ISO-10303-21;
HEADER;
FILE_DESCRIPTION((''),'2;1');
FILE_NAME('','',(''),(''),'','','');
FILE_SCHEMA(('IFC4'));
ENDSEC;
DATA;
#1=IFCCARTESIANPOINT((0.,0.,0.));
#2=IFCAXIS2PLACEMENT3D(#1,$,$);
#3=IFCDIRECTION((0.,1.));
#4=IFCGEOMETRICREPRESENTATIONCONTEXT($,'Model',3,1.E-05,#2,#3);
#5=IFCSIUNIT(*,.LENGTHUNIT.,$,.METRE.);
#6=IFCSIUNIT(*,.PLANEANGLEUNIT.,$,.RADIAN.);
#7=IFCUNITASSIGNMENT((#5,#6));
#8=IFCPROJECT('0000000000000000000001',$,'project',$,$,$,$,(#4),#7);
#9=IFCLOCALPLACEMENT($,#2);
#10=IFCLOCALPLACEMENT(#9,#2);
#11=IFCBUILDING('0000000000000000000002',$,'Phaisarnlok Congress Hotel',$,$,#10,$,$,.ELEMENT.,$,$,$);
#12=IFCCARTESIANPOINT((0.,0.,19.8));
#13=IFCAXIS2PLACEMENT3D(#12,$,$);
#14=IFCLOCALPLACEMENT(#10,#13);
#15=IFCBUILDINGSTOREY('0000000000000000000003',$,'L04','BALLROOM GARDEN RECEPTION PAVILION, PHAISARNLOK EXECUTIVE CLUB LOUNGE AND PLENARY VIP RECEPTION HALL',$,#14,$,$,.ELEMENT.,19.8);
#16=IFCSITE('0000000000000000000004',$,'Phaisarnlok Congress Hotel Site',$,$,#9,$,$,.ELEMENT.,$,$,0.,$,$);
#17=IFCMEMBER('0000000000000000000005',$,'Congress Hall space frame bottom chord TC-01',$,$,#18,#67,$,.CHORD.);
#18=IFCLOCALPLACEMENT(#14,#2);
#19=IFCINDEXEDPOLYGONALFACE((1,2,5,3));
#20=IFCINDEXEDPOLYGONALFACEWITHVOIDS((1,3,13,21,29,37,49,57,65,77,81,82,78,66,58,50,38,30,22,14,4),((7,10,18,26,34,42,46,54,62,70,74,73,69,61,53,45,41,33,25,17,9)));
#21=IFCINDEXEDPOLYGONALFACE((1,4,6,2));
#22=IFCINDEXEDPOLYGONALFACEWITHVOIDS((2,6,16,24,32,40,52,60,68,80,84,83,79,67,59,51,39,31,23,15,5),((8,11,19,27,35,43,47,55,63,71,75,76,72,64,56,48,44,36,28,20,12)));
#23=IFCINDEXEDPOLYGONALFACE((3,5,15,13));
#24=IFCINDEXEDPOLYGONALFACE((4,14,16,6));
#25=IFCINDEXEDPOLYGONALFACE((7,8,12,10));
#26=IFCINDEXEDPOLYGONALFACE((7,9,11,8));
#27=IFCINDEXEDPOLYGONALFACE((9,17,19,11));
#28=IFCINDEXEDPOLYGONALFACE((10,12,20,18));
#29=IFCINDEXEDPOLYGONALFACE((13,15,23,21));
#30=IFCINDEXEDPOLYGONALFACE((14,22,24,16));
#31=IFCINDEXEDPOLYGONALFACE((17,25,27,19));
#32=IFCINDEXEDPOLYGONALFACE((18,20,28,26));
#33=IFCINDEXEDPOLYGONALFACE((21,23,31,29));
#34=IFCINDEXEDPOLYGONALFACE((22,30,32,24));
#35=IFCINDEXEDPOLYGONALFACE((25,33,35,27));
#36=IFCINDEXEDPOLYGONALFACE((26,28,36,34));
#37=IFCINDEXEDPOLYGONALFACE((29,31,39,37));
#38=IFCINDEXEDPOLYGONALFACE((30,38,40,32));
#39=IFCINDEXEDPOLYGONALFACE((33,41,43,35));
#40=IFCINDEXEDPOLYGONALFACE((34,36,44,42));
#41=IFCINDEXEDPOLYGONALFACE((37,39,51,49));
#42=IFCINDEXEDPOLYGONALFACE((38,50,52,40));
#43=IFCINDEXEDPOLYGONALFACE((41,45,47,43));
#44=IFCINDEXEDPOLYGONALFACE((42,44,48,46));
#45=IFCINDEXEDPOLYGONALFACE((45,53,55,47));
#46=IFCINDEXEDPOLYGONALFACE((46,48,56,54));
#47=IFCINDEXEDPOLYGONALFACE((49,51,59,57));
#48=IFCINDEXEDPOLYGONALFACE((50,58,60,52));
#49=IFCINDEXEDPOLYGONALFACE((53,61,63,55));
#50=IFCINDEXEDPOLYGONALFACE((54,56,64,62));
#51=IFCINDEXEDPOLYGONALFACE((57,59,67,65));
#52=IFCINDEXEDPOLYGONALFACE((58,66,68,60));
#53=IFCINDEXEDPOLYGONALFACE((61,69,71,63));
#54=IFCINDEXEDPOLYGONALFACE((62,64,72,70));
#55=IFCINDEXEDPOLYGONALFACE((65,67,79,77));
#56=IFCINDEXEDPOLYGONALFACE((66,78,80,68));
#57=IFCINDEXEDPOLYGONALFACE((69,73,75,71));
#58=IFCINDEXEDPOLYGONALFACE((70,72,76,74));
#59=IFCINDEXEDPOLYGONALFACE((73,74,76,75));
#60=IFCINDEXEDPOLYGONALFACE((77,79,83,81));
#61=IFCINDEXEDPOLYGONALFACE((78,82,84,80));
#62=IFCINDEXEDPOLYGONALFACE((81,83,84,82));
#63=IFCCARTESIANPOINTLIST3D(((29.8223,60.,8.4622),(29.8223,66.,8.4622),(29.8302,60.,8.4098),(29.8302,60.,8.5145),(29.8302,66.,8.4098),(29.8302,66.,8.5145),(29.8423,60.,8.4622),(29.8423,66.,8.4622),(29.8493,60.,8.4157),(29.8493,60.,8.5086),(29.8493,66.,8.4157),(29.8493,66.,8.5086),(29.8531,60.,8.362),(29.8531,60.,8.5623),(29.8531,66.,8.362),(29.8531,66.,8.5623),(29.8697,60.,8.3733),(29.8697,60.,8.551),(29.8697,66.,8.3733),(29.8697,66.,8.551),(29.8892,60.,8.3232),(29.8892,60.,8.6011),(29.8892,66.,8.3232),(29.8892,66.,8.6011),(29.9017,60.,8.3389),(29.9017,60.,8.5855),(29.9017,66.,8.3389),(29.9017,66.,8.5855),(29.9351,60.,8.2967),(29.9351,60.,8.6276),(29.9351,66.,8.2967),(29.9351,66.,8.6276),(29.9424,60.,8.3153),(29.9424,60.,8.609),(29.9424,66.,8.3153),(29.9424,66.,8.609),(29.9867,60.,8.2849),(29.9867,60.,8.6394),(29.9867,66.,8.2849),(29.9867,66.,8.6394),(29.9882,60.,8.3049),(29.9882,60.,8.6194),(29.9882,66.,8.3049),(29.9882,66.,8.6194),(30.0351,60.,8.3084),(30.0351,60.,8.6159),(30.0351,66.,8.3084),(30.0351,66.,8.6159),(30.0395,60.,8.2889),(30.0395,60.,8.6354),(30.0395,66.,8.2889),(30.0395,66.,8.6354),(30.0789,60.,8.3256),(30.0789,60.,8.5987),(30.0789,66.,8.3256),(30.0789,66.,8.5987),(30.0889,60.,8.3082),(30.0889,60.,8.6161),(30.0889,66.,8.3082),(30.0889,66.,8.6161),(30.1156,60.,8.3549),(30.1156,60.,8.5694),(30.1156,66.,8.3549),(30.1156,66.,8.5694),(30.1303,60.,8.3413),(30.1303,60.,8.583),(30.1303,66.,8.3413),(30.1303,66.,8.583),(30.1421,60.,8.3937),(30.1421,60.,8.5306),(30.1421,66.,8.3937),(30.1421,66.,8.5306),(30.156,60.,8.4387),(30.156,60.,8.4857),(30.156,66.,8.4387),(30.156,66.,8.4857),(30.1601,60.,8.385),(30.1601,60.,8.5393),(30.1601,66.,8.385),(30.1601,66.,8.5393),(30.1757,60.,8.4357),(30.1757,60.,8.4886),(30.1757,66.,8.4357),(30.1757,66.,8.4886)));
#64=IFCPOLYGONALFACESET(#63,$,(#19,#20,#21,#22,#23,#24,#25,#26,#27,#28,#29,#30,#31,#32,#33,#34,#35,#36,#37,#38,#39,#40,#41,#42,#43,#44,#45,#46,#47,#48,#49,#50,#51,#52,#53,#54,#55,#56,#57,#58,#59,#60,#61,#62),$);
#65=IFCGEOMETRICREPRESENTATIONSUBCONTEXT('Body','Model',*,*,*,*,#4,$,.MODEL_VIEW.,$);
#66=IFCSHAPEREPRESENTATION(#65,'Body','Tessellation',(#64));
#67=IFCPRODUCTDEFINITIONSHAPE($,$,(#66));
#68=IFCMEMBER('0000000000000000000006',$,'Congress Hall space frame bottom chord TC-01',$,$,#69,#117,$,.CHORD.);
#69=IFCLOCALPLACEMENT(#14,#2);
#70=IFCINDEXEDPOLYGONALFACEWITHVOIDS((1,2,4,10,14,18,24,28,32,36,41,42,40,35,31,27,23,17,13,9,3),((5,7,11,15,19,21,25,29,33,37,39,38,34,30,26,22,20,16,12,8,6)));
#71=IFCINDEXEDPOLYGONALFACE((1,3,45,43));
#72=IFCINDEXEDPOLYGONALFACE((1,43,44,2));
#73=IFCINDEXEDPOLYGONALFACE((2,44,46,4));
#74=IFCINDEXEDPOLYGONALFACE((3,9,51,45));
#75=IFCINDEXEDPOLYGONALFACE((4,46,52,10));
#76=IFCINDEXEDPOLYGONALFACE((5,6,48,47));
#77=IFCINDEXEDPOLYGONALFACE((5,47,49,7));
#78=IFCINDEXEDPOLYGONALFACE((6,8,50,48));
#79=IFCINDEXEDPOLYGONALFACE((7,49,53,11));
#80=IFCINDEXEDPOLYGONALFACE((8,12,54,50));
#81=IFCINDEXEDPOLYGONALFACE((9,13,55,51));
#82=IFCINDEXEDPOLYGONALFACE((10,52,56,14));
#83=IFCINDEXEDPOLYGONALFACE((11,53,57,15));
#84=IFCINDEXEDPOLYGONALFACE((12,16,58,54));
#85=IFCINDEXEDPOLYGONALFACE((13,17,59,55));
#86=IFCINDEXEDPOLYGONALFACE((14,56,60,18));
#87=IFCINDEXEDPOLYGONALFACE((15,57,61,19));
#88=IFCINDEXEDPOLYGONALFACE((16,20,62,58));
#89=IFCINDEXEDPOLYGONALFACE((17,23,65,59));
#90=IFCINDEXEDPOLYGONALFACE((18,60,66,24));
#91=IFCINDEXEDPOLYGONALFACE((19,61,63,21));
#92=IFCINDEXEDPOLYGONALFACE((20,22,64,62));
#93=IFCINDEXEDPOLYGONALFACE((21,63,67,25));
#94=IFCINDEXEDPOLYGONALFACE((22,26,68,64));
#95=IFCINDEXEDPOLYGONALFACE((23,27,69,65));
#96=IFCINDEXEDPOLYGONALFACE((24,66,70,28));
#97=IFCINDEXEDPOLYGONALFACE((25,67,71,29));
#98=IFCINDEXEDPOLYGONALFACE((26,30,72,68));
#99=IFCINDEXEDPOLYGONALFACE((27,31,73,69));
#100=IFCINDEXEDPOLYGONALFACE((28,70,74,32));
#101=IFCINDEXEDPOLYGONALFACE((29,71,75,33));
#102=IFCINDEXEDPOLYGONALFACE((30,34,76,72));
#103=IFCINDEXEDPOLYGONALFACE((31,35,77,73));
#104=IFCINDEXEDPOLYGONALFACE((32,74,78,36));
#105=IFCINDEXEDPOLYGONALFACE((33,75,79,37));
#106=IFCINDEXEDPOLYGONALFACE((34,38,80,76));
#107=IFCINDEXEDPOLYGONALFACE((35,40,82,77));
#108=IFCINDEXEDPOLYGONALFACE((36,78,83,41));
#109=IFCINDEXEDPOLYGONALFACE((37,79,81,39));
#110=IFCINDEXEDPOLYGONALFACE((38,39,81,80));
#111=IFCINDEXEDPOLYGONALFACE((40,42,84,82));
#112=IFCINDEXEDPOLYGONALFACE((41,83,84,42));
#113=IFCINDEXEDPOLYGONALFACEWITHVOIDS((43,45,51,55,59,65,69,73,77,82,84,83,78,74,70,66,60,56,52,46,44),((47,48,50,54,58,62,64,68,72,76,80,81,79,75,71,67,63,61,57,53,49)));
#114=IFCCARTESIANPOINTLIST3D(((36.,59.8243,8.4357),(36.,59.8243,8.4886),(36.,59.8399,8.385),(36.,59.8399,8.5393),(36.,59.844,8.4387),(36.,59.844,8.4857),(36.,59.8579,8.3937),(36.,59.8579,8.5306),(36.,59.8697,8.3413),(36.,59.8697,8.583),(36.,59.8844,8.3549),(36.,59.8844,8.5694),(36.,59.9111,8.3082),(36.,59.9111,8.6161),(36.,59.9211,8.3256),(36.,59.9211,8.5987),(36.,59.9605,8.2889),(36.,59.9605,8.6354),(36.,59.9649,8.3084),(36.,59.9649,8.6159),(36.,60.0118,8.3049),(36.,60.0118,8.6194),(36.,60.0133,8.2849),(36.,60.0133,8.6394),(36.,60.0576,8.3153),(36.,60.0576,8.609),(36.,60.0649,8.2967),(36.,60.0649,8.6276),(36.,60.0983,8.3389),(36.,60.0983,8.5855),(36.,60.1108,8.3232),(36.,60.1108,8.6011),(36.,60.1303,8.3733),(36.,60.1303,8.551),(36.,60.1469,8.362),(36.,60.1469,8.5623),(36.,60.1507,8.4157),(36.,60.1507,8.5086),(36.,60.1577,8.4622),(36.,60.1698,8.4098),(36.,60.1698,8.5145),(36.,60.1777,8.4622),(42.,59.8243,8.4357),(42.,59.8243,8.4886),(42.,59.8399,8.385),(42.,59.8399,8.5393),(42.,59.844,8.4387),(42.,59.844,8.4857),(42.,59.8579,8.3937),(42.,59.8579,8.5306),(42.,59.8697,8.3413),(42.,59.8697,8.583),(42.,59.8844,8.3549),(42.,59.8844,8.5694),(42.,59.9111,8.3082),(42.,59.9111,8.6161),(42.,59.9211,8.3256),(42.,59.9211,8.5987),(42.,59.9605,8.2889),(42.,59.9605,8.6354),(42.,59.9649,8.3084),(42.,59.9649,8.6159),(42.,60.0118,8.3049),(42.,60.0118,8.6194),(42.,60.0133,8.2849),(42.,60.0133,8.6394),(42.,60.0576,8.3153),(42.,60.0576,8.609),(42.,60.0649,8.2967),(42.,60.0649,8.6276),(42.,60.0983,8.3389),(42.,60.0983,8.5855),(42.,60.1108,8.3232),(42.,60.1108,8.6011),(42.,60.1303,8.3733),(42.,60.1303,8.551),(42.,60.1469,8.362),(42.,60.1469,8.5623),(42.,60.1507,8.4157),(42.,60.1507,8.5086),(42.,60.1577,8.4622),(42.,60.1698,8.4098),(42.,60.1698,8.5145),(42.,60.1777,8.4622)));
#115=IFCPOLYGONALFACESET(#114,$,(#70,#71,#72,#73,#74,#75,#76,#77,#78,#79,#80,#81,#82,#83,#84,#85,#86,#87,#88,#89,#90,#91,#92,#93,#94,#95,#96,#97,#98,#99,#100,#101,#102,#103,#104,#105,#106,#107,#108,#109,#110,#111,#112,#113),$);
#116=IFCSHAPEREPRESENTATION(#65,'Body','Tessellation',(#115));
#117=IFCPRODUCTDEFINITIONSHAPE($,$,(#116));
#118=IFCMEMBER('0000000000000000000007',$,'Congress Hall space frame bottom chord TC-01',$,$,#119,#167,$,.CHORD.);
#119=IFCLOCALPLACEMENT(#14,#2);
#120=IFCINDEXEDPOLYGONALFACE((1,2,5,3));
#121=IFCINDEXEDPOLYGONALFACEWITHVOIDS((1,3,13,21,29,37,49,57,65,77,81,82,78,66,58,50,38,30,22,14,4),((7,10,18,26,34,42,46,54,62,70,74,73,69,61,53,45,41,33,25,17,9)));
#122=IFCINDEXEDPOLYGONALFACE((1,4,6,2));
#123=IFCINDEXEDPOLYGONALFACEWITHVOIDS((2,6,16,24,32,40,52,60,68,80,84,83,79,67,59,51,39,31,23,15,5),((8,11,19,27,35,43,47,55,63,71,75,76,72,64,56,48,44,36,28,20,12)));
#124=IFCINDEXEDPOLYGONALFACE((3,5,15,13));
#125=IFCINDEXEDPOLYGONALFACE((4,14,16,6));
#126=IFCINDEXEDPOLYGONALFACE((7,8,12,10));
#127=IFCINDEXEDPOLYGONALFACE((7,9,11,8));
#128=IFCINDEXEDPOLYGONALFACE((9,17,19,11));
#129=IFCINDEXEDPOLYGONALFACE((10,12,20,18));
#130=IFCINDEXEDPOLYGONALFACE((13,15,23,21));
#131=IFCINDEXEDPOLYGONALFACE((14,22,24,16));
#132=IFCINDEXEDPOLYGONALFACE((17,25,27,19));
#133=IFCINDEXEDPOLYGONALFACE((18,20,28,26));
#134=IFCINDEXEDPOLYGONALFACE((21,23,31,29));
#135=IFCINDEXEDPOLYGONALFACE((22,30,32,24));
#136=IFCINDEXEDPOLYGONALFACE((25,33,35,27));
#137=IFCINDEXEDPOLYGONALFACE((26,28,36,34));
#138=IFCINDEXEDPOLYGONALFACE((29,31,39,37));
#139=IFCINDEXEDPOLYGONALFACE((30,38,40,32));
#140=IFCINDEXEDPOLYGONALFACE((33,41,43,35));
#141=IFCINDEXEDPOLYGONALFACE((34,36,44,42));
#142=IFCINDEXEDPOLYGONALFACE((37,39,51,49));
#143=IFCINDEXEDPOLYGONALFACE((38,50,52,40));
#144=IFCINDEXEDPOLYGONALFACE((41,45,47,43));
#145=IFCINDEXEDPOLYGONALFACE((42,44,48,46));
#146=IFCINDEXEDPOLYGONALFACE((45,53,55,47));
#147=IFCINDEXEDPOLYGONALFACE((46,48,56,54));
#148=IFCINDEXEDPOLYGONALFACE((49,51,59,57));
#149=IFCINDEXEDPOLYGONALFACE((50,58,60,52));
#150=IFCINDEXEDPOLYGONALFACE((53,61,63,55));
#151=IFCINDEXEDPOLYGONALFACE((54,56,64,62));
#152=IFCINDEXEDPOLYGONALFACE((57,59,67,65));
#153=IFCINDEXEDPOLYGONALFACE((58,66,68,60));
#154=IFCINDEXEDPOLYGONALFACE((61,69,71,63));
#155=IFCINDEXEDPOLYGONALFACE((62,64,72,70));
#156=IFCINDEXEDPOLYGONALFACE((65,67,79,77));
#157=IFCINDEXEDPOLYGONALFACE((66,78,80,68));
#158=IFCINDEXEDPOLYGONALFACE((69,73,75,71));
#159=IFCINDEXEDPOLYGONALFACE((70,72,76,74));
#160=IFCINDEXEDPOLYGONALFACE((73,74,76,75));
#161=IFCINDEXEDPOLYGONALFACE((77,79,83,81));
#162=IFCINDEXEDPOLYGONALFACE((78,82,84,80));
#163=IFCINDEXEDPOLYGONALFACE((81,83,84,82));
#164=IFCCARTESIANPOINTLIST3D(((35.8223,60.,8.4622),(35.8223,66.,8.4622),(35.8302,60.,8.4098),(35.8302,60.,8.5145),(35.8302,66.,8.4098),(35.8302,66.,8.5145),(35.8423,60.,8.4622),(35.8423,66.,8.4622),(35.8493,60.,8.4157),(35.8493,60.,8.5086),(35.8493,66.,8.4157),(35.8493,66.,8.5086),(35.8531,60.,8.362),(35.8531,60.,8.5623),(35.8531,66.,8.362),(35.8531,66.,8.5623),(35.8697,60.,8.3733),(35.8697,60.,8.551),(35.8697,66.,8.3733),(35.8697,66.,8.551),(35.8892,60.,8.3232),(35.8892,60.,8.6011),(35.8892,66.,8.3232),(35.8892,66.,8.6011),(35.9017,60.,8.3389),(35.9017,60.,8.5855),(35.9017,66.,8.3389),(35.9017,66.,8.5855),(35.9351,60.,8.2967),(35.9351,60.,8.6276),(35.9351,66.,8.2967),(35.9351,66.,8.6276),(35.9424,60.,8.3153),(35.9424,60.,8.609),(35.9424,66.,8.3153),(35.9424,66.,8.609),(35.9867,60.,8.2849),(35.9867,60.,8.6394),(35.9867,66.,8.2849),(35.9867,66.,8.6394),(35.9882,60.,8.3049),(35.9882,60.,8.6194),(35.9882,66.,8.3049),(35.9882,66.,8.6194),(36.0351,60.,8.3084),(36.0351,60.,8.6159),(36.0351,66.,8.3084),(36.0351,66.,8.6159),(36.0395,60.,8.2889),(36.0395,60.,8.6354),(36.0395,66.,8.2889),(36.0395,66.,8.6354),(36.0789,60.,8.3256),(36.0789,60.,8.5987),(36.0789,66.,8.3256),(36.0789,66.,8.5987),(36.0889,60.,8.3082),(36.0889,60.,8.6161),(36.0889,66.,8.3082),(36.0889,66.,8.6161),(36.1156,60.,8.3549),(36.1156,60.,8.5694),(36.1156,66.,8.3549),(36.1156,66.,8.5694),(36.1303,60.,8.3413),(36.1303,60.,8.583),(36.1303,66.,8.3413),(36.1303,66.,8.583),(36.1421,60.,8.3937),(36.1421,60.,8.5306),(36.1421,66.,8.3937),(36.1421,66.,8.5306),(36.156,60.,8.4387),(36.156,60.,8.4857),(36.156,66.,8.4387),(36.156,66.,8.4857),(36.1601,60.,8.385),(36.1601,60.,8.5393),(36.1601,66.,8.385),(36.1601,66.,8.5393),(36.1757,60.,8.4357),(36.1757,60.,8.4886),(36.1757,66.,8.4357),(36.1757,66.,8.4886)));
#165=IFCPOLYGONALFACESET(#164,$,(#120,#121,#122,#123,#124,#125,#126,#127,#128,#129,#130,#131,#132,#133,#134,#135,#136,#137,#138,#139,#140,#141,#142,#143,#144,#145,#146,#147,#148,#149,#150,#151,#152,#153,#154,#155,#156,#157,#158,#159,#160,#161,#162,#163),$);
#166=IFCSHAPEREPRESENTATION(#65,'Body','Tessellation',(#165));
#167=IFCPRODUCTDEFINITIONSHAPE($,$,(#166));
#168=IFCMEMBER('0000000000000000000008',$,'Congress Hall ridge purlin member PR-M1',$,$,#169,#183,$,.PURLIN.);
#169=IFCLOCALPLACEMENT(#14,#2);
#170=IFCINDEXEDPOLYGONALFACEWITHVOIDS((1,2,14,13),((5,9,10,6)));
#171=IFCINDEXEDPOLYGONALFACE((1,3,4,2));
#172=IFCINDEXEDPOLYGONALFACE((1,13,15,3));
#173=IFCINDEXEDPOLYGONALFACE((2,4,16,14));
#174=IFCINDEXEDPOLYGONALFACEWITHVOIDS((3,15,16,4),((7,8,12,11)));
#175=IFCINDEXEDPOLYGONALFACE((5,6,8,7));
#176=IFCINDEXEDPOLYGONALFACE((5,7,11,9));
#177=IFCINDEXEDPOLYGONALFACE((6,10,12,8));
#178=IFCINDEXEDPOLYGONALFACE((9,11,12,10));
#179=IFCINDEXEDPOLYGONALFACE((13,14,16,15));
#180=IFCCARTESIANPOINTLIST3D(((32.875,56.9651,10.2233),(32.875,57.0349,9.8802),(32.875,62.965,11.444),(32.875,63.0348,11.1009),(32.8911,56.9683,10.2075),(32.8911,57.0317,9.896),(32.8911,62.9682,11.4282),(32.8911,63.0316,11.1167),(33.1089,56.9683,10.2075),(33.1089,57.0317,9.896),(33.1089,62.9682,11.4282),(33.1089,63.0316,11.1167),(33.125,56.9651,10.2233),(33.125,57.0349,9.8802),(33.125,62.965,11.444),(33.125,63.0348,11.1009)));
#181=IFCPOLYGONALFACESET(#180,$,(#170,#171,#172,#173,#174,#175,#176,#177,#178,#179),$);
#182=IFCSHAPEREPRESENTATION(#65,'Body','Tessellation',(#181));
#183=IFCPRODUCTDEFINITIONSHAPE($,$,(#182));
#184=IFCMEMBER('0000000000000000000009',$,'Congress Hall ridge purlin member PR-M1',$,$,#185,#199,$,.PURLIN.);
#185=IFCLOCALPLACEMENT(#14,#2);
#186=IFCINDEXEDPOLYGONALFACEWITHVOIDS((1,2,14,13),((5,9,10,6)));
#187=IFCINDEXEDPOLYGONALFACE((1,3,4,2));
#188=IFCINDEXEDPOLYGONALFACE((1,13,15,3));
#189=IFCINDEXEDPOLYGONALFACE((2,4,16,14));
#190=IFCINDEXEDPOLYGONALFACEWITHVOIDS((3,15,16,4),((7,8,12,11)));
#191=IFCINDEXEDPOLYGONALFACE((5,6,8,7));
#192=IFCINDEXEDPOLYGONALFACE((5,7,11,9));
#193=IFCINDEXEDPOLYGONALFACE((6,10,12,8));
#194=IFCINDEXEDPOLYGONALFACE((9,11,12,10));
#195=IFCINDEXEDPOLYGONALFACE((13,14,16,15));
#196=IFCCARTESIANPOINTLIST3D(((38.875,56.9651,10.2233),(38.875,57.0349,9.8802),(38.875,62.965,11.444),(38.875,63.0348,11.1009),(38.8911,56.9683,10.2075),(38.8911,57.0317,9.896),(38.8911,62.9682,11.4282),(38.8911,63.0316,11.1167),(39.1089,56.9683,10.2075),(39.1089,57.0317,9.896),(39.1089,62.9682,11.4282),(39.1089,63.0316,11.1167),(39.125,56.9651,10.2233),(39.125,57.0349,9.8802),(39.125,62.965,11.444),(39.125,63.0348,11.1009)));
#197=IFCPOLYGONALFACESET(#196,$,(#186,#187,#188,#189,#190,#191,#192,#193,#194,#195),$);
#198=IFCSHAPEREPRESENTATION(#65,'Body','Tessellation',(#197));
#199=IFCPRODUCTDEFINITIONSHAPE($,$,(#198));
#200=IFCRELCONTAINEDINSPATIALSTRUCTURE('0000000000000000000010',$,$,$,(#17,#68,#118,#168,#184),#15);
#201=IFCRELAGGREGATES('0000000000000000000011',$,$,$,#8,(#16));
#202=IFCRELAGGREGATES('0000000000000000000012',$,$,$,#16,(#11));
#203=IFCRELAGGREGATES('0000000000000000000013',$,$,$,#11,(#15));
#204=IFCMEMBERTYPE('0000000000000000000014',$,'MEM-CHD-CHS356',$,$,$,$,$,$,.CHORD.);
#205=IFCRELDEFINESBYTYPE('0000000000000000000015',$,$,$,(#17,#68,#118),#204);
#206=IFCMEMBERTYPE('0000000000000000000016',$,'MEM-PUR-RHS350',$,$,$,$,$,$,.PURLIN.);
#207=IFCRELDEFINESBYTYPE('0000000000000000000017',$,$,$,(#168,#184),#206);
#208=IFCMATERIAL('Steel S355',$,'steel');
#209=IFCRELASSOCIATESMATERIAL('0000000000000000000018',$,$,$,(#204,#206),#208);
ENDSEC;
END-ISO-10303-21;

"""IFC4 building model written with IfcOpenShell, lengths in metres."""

from ifc_helpers import new_model, si_unit, direction, frame, origin, origin_2d, place, context, subcontext, project, spatial, hollow_rectangle, hollow_circle, extrude, material, material_profile, profile_set, type_object, element, save


model = new_model("IFC4")

# Units and contexts
model_context = context("Model", 3, precision=1e-05, world=origin(), true_north=direction((0.0, 1.0)))
body_context = subcontext(model_context, "Body", "Model", "MODEL_VIEW")
ifc_project = project(units=[si_unit("LENGTHUNIT", "METRE"), si_unit("PLANEANGLEUNIT", "RADIAN")], contexts=[model_context])

# Site, building, storey
site_placement = place(None, origin())
site = spatial("IfcSite", under=ifc_project, at=site_placement, Name="Phaisarnlok Congress Hotel Site", CompositionType="ELEMENT", RefElevation=0.0)
building_placement = place(site_placement, origin())
building = spatial("IfcBuilding", under=site, at=building_placement, Name="Phaisarnlok Congress Hotel", CompositionType="ELEMENT")
storey_placement = place(building_placement, frame((0.0, 0.0, 19.8)))
storey = spatial("IfcBuildingStorey", under=building, at=storey_placement, Name="L04", Description="BALLROOM GARDEN RECEPTION PAVILION, PHAISARNLOK EXECUTIVE CLUB LOUNGE AND PLENARY VIP RECEPTION HALL", CompositionType="ELEMENT", Elevation=19.8)

# Members
ifc_material = material(Name="Steel S355", Category="steel")
ifc_material_profile_1 = material_profile(ifc_material, hollow_circle(Radius=0.1777, WallThickness=0.02, at=origin_2d()), Name="CHS 355.6x20")
ifc_profile_set_1 = profile_set([ifc_material_profile_1], Name="Steel S355")
member_type_1 = type_object("IfcMemberType", Name="MEM-CHD-CHS356", PredefinedType="CHORD", material=ifc_profile_set_1)
for number, where, z_axis, x_axis, name in (
    (1, (30.0, 60.0, 8.4622), (0.0, 1.0, 0.0), (-1.0, 0.0, 0.0), "Congress Hall space frame bottom chord TC-01"),
    (2, (36.0, 60.0, 8.4622), (1.0, 0.0, 0.0), (0.0, 1.0, 0.0), "Congress Hall space frame bottom chord TC-01"),
    (3, (36.0, 60.0, 8.4622), (0.0, 1.0, 0.0), (-1.0, 0.0, 0.0), "Congress Hall space frame bottom chord TC-01"),
):
    element("IfcMember", number, at=place(storey_placement, frame(where, z_axis=z_axis, x_axis=x_axis)), inside=storey, type_object=member_type_1, Name=name, PredefinedType="CHORD", context=body_context, shape_type="SweptSolid", body=[
        extrude(hollow_circle(Radius=0.1777, WallThickness=0.02, at=origin_2d()), origin(), (0.0, 0.0, 1.0), 6.0),
    ])
ifc_material_profile_2 = material_profile(ifc_material, hollow_rectangle(XDim=0.25, YDim=0.3501, WallThickness=0.0161, at=origin_2d()), Name="RHS 350x250x16")
ifc_profile_set_2 = profile_set([ifc_material_profile_2], Name="Steel S355")
member_type_2 = type_object("IfcMemberType", Name="MEM-PUR-RHS350", PredefinedType="PURLIN", material=ifc_profile_set_2)
for number, where, z_axis, x_axis, name in (
    (4, (33.0, 57.0, 10.0518), (0.0, 0.979925, 0.199366), (-1.0, 0.0, 0.0), "Congress Hall ridge purlin member PR-M1"),
    (5, (39.0, 57.0, 10.0518), (0.0, 0.979925, 0.199366), (-1.0, 0.0, 0.0), "Congress Hall ridge purlin member PR-M1"),
):
    element("IfcMember", number, at=place(storey_placement, frame(where, z_axis=z_axis, x_axis=x_axis)), inside=storey, type_object=member_type_2, Name=name, PredefinedType="PURLIN", context=body_context, shape_type="SweptSolid", body=[
        extrude(hollow_rectangle(XDim=0.25, YDim=0.3501, WallThickness=0.0161, at=origin_2d()), origin(), (0.0, 0.0, 1.0), 6.1228),
    ])

save(model, "model.ifc")
